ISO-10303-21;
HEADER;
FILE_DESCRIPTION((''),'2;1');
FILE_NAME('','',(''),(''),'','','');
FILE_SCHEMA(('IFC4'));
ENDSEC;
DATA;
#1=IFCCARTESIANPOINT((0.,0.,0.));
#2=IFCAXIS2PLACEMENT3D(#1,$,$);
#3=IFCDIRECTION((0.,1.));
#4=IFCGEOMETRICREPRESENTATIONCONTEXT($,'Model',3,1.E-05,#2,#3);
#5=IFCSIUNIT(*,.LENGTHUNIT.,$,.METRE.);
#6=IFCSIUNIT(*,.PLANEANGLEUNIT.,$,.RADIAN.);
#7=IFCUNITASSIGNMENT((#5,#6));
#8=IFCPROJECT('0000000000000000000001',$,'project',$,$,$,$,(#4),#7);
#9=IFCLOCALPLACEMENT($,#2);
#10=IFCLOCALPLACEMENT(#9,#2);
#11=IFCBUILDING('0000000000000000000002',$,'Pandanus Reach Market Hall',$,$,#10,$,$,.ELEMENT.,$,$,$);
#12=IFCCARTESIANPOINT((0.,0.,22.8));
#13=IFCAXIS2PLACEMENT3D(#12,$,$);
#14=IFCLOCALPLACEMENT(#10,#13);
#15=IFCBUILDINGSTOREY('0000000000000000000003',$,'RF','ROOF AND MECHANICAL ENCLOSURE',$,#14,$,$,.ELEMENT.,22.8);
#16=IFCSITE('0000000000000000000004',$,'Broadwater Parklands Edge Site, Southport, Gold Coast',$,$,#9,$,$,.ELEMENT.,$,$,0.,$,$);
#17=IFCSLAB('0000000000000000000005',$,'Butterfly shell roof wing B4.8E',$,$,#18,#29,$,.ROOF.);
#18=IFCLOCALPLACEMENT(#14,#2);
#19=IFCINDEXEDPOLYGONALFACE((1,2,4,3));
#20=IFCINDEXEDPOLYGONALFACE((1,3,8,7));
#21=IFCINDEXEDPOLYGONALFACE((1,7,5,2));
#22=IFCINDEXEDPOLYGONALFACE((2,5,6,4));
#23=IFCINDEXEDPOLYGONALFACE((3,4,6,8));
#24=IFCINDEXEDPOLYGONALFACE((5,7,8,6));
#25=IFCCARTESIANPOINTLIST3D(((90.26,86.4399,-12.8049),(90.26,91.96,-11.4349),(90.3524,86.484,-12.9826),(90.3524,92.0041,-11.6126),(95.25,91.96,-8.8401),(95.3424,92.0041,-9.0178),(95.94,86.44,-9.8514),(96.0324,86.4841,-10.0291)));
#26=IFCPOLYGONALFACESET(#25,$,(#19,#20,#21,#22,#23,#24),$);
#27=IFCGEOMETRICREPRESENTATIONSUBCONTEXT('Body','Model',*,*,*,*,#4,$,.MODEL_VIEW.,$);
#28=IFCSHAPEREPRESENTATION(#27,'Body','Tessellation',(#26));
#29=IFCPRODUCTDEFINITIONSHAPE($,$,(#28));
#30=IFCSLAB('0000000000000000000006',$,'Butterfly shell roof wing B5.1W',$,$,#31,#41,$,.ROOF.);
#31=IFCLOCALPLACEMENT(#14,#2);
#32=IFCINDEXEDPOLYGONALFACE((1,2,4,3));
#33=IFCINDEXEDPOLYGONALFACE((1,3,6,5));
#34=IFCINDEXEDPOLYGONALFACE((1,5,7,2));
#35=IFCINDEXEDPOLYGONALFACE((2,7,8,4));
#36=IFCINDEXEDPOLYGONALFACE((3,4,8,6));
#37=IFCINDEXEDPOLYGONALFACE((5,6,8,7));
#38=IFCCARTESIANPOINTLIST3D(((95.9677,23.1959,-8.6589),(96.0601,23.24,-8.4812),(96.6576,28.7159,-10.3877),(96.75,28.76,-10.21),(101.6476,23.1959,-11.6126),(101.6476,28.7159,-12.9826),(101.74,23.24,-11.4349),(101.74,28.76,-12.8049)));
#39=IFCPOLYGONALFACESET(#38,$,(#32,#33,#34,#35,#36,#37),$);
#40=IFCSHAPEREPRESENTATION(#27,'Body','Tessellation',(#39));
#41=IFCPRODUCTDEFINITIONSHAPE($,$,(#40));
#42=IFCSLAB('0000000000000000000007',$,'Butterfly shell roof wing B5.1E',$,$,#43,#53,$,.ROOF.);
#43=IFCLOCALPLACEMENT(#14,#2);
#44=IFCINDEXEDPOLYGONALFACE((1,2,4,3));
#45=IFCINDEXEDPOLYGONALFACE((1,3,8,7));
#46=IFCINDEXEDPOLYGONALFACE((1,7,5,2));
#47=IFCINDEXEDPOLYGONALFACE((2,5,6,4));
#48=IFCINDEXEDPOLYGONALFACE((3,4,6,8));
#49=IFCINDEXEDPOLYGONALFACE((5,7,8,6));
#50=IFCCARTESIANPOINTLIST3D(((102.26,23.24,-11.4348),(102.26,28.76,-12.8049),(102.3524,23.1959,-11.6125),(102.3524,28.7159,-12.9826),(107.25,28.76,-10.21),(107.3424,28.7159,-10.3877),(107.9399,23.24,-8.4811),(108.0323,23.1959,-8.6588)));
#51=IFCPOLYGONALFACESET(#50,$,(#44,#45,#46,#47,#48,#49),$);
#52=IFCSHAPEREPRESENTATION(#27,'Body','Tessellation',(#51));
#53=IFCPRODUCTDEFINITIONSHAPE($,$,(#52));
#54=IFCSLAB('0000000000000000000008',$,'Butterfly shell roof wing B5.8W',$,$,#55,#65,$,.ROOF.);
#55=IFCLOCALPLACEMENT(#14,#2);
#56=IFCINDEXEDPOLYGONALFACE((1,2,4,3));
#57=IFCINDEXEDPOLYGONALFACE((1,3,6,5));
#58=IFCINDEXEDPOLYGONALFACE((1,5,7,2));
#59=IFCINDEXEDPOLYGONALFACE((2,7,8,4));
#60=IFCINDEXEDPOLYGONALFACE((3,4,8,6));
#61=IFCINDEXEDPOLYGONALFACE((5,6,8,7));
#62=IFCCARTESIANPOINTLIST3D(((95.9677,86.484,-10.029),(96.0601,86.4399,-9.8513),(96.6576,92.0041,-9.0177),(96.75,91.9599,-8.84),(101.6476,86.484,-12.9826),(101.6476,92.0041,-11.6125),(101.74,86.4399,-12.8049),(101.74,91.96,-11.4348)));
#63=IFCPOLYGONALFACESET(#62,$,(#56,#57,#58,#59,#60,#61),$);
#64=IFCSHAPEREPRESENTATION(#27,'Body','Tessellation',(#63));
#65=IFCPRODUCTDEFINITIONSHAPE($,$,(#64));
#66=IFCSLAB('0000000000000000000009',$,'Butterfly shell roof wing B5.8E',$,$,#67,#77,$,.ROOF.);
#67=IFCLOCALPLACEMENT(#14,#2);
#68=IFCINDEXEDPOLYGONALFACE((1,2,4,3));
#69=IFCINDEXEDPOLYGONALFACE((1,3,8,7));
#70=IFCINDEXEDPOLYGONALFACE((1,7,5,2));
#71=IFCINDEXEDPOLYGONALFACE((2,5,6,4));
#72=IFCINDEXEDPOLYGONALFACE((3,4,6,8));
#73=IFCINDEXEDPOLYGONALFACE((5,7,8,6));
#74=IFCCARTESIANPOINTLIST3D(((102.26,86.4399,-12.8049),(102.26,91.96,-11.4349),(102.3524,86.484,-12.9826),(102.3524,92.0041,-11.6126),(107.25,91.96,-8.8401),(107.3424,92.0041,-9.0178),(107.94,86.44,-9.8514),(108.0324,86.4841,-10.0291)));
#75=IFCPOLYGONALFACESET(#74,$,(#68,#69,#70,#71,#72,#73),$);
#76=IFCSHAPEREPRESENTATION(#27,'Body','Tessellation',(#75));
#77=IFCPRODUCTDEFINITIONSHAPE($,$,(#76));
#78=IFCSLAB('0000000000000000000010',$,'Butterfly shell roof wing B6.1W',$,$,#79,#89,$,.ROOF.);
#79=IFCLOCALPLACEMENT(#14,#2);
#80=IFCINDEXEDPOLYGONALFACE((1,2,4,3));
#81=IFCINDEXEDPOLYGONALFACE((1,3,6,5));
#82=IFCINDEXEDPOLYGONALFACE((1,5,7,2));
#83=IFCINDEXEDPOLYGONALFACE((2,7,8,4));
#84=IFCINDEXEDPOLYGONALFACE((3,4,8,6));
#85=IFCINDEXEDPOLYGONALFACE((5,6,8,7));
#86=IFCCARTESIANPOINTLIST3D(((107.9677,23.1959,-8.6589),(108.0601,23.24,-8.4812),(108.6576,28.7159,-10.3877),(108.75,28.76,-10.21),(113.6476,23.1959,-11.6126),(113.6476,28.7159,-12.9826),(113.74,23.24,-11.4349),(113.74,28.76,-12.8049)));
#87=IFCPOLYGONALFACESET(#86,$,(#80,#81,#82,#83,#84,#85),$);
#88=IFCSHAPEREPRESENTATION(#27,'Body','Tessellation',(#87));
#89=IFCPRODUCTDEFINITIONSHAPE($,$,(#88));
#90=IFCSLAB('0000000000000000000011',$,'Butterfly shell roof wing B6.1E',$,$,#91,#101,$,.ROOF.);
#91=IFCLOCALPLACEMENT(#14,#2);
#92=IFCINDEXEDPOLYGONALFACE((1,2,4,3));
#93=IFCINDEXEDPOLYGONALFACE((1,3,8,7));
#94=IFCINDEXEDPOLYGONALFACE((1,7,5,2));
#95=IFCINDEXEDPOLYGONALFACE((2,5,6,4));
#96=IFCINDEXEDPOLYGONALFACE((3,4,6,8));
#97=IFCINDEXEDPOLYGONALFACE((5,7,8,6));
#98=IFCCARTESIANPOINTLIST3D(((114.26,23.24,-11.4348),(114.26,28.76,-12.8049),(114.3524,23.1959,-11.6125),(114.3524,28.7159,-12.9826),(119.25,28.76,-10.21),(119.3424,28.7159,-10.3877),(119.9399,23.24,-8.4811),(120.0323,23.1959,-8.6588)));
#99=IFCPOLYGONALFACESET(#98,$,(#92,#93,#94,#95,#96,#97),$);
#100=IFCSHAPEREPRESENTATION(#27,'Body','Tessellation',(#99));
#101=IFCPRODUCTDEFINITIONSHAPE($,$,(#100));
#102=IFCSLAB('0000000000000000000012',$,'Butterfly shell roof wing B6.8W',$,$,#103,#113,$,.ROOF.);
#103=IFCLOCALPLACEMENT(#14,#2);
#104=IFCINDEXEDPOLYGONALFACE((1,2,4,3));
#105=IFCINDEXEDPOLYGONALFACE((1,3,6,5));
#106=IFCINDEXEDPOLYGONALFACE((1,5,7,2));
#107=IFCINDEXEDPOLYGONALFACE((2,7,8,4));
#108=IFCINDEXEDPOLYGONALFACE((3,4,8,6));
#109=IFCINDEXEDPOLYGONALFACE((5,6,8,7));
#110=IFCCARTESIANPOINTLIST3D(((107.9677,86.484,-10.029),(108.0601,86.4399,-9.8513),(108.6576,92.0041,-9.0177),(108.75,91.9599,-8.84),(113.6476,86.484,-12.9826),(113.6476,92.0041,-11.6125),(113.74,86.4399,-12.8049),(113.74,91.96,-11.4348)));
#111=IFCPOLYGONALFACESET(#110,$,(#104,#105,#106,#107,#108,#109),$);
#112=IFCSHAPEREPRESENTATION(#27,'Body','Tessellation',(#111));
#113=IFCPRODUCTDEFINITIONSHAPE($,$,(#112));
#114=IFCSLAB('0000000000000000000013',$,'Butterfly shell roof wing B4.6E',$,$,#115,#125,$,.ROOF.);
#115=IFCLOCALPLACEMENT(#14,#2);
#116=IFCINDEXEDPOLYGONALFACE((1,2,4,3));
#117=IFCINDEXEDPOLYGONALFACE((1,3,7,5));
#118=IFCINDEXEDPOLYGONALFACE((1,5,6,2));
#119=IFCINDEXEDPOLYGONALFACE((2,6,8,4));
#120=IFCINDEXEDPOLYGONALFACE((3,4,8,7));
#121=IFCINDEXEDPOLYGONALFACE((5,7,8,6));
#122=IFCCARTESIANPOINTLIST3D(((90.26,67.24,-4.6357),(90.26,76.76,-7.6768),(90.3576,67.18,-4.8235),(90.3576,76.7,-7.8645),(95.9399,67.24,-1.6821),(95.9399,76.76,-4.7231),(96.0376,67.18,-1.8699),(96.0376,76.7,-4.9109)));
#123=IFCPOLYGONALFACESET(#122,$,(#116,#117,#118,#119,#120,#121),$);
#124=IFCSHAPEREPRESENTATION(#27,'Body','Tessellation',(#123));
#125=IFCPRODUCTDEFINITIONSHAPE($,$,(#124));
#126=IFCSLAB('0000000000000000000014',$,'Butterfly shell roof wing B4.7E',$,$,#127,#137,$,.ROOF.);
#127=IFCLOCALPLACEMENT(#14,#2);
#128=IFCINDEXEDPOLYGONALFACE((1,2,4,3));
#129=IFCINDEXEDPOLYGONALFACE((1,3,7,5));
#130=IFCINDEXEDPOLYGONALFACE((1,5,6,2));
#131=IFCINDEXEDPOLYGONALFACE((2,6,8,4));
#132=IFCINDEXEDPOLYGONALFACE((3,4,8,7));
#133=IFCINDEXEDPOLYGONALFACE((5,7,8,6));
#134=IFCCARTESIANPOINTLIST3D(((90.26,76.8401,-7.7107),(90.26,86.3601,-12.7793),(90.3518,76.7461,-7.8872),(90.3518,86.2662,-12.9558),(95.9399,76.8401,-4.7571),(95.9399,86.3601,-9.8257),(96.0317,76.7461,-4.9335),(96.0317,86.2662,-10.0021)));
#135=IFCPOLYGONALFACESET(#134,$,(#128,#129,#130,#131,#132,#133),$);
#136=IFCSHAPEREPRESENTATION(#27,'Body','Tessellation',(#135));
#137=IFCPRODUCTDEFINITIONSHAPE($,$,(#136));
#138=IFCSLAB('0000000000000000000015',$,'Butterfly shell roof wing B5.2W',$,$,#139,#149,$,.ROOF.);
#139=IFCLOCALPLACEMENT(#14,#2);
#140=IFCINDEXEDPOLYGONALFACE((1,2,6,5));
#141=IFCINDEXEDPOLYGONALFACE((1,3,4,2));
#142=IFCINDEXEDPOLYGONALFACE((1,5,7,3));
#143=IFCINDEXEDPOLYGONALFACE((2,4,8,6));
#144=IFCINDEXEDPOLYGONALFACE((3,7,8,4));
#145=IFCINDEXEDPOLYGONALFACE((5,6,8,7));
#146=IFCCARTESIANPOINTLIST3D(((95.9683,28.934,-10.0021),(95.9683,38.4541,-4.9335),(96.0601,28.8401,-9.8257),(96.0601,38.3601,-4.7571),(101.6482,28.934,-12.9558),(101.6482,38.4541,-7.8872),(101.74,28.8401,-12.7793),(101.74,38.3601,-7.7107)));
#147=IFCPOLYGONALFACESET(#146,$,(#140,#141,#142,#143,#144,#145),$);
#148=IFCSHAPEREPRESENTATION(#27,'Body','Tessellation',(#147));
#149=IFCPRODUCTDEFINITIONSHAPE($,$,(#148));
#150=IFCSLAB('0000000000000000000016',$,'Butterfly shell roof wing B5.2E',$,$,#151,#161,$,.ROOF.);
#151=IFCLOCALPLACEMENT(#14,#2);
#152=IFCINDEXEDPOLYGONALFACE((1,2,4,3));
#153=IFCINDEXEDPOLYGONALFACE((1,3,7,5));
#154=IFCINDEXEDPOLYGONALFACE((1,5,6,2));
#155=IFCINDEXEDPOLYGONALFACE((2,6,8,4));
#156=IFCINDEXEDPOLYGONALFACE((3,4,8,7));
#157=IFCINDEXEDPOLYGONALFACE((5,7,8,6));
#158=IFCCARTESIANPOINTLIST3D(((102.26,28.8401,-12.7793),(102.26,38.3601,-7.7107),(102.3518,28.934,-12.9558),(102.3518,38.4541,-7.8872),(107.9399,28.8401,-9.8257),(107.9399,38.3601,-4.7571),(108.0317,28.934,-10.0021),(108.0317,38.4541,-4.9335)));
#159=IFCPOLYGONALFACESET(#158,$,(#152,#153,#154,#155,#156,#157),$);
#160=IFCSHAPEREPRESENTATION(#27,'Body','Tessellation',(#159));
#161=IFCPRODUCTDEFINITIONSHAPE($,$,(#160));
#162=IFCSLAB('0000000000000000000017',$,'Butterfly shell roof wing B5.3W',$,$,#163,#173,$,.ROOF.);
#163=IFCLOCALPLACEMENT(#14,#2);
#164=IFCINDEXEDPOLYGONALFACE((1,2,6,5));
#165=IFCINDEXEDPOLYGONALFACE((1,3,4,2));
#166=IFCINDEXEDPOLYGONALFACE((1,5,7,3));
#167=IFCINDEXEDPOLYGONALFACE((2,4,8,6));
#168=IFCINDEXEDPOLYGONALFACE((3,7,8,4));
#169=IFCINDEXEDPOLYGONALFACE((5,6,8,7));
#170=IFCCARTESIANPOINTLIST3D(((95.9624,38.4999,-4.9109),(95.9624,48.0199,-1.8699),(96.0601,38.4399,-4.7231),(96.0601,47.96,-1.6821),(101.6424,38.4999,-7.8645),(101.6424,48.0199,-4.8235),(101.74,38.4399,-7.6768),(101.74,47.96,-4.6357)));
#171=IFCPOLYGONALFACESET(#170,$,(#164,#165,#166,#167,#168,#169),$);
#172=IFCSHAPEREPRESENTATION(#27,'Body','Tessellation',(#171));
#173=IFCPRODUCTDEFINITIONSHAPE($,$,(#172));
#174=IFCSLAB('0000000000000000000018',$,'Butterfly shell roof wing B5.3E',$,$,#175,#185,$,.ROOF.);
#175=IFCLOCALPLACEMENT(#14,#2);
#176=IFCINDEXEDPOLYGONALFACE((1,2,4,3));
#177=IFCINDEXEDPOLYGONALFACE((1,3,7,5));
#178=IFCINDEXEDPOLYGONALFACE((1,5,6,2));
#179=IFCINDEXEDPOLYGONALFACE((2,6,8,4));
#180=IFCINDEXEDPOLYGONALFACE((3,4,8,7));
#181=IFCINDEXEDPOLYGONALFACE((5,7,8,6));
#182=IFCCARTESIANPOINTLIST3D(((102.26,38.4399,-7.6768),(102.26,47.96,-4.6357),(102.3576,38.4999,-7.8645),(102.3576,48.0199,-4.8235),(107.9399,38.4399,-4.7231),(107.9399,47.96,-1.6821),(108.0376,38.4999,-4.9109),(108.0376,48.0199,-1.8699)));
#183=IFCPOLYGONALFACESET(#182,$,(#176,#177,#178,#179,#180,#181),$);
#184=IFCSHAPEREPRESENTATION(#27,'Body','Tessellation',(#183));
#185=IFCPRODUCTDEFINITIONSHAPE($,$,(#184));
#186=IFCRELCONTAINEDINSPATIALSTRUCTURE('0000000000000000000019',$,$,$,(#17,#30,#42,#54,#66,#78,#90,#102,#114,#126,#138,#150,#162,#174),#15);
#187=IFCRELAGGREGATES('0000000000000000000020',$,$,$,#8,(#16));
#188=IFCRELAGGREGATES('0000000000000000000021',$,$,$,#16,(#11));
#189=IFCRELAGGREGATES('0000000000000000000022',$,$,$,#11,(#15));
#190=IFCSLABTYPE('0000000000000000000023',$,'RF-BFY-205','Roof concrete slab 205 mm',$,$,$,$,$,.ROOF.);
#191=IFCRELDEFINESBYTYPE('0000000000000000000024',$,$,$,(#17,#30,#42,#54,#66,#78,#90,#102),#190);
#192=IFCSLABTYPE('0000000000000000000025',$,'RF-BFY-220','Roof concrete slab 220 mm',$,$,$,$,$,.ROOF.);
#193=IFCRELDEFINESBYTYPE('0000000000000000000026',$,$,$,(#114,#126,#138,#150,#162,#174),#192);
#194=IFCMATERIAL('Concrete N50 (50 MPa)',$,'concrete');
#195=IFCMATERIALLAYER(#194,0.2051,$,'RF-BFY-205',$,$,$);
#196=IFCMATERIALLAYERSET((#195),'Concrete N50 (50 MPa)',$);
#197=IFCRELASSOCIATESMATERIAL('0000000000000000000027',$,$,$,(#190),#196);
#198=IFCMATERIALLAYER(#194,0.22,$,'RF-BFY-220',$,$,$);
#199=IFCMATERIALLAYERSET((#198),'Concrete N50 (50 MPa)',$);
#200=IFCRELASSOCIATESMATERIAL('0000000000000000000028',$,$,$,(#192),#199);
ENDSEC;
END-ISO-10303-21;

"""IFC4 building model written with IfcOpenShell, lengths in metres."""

from ifc_helpers import new_model, si_unit, direction, frame, origin, place, context, subcontext, project, spatial, polyline, outline, extrude, material, layer, layer_set, type_object, element, save


model = new_model("IFC4")

# Units and contexts
model_context = context("Model", 3, precision=1e-05, world=origin(), true_north=direction((0.0, 1.0)))
body_context = subcontext(model_context, "Body", "Model", "MODEL_VIEW")
ifc_project = project(units=[si_unit("LENGTHUNIT", "METRE"), si_unit("PLANEANGLEUNIT", "RADIAN")], contexts=[model_context])

# Site, building, storey
site_placement = place(None, origin())
site = spatial("IfcSite", under=ifc_project, at=site_placement, Name="Broadwater Parklands Edge Site, Southport, Gold Coast", CompositionType="ELEMENT", RefElevation=0.0)
building_placement = place(site_placement, origin())
building = spatial("IfcBuilding", under=site, at=building_placement, Name="Pandanus Reach Market Hall", CompositionType="ELEMENT")
storey_placement = place(building_placement, frame((0.0, 0.0, 22.8)))
storey = spatial("IfcBuildingStorey", under=building, at=storey_placement, Name="RF", Description="ROOF AND MECHANICAL ENCLOSURE", CompositionType="ELEMENT", Elevation=22.8)

# Slabs
ifc_material = material(Name="Concrete N50 (50 MPa)", Category="concrete")
ifc_layer_1 = layer(ifc_material, 0.2051, Name="RF-BFY-205")
ifc_layer_set_1 = layer_set([ifc_layer_1], Name="Concrete N50 (50 MPa)")
slab_type_1 = type_object("IfcSlabType", Name="RF-BFY-205", Description="Roof concrete slab 205 mm", PredefinedType="ROOF", material=ifc_layer_set_1)
slab_1_placement = place(storey_placement, frame((90.26, 86.4399, -12.8049), z_axis=(-0.450557, -0.215053, 0.866459), x_axis=(0.887217, 0.000002, 0.461352)))
element("IfcSlab", 1, at=slab_1_placement, inside=storey, type_object=slab_type_1, Name="Butterfly shell roof wing B4.8E", PredefinedType="ROOF", context=body_context, shape_type="SweptSolid", body=[
    extrude(outline(polyline([(0.0, 0.0), (6.402, 0.0), (6.2564, 5.6523), (0.6321, 5.6523), (0.0, 0.0)])), origin(), (0.0, 0.0, -1.0), 0.2051),
])
slab_2_placement = place(storey_placement, frame((96.0601, 23.24, -8.4812), z_axis=(0.450573, 0.21505, 0.866451), x_axis=(0.887209, -0.000002, -0.461367)))
element("IfcSlab", 2, at=slab_2_placement, inside=storey, type_object=slab_type_1, Name="Butterfly shell roof wing B5.1W", PredefinedType="ROOF", context=body_context, shape_type="SweptSolid", body=[
    extrude(outline(polyline([(0.0, 0.0), (6.402, 0.0), (7.0341, 5.6523), (1.4097, 5.6523), (0.0, 0.0)])), origin(), (0.0, 0.0, -1.0), 0.2051),
])
slab_3_placement = place(storey_placement, frame((102.26, 23.24, -11.4348), z_axis=(-0.450573, 0.21505, 0.866451), x_axis=(0.887209, 0.000002, 0.461367)))
element("IfcSlab", 3, at=slab_3_placement, inside=storey, type_object=slab_type_1, Name="Butterfly shell roof wing B5.1E", PredefinedType="ROOF", context=body_context, shape_type="SweptSolid", body=[
    extrude(outline(polyline([(0.0, 0.0), (6.402, 0.0), (4.9923, 5.6523), (-0.6321, 5.6523), (0.0, 0.0)])), origin(), (0.0, 0.0, -1.0), 0.2051),
])
slab_4_placement = place(storey_placement, frame((96.0601, 86.4399, -9.8513), z_axis=(0.450557, -0.215053, 0.866459), x_axis=(0.887217, -0.000002, -0.461352)))
element("IfcSlab", 4, at=slab_4_placement, inside=storey, type_object=slab_type_1, Name="Butterfly shell roof wing B5.8W", PredefinedType="ROOF", context=body_context, shape_type="SweptSolid", body=[
    extrude(outline(polyline([(0.0, 0.0), (6.402, 0.0), (5.7699, 5.6523), (0.1456, 5.6523), (0.0, 0.0)])), origin(), (0.0, 0.0, -1.0), 0.2051),
])
slab_5_placement = place(storey_placement, frame((102.26, 86.4399, -12.8049), z_axis=(-0.450557, -0.215053, 0.866459), x_axis=(0.887217, 0.000002, 0.461352)))
element("IfcSlab", 5, at=slab_5_placement, inside=storey, type_object=slab_type_1, Name="Butterfly shell roof wing B5.8E", PredefinedType="ROOF", context=body_context, shape_type="SweptSolid", body=[
    extrude(outline(polyline([(0.0, 0.0), (6.402, 0.0), (6.2564, 5.6523), (0.6321, 5.6523), (0.0, 0.0)])), origin(), (0.0, 0.0, -1.0), 0.2051),
])
slab_6_placement = place(storey_placement, frame((108.0601, 23.24, -8.4812), z_axis=(0.450573, 0.21505, 0.866451), x_axis=(0.887209, -0.000002, -0.461367)))
element("IfcSlab", 6, at=slab_6_placement, inside=storey, type_object=slab_type_1, Name="Butterfly shell roof wing B6.1W", PredefinedType="ROOF", context=body_context, shape_type="SweptSolid", body=[
    extrude(outline(polyline([(0.0, 0.0), (6.402, 0.0), (7.0341, 5.6523), (1.4097, 5.6523), (0.0, 0.0)])), origin(), (0.0, 0.0, -1.0), 0.2051),
])
slab_7_placement = place(storey_placement, frame((114.26, 23.24, -11.4348), z_axis=(-0.450573, 0.21505, 0.866451), x_axis=(0.887209, 0.000002, 0.461367)))
element("IfcSlab", 7, at=slab_7_placement, inside=storey, type_object=slab_type_1, Name="Butterfly shell roof wing B6.1E", PredefinedType="ROOF", context=body_context, shape_type="SweptSolid", body=[
    extrude(outline(polyline([(0.0, 0.0), (6.402, 0.0), (4.9923, 5.6523), (-0.6321, 5.6523), (0.0, 0.0)])), origin(), (0.0, 0.0, -1.0), 0.2051),
])
slab_8_placement = place(storey_placement, frame((108.0601, 86.4399, -9.8513), z_axis=(0.450557, -0.215053, 0.866459), x_axis=(0.887217, -0.000002, -0.461352)))
element("IfcSlab", 8, at=slab_8_placement, inside=storey, type_object=slab_type_1, Name="Butterfly shell roof wing B6.8W", PredefinedType="ROOF", context=body_context, shape_type="SweptSolid", body=[
    extrude(outline(polyline([(0.0, 0.0), (6.402, 0.0), (5.7699, 5.6523), (0.1456, 5.6523), (0.0, 0.0)])), origin(), (0.0, 0.0, -1.0), 0.2051),
])
ifc_layer_2 = layer(ifc_material, 0.22, Name="RF-BFY-220")
ifc_layer_set_2 = layer_set([ifc_layer_2], Name="Concrete N50 (50 MPa)")
slab_type_2 = type_object("IfcSlabType", Name="RF-BFY-220", Description="Roof concrete slab 220 mm", PredefinedType="ROOF", material=ifc_layer_set_2)
slab_9_placement = place(storey_placement, frame((90.26, 67.24, -4.6357), z_axis=(-0.443877, 0.272667, 0.853596), x_axis=(0.887214, 0.0, 0.461359)))
element("IfcSlab", 9, at=slab_9_placement, inside=storey, type_object=slab_type_2, Name="Butterfly shell roof wing B4.6E", PredefinedType="ROOF", context=body_context, shape_type="SweptSolid", body=[
    extrude(outline(polyline([(0.0, 0.0), (6.402, 0.0), (4.999, 9.895), (-1.403, 9.895), (0.0, 0.0)])), origin(), (0.0, 0.0, -1.0), 0.22),
])
for number, where, z_axis, x_axis, name in (
    (10, (90.26, 76.8401, -7.7107), (-0.41716, 0.427113, 0.802217), (0.887214, 0.0, 0.461359), "Butterfly shell roof wing B4.7E"),
    (11, (96.0601, 28.8401, -9.8257), (0.41716, -0.427113, 0.802217), (0.887214, 0.0, -0.461359), "Butterfly shell roof wing B5.2W"),
):
    element("IfcSlab", number, at=place(storey_placement, frame(where, z_axis=z_axis, x_axis=x_axis)), inside=storey, type_object=slab_type_2, Name=name, PredefinedType="ROOF", context=body_context, shape_type="SweptSolid", body=[
        extrude(outline(polyline([(0.0, 0.0), (6.402, 0.0), (4.0635, 10.5287), (-2.3384, 10.5287), (0.0, 0.0)])), origin(), (0.0, 0.0, -1.0), 0.22),
    ])
slab_10_placement = place(storey_placement, frame((102.26, 28.8401, -12.7793), z_axis=(-0.41716, -0.427113, 0.802217), x_axis=(0.887214, 0.0, 0.461359)))
element("IfcSlab", 12, at=slab_10_placement, inside=storey, type_object=slab_type_2, Name="Butterfly shell roof wing B5.2E", PredefinedType="ROOF", context=body_context, shape_type="SweptSolid", body=[
    extrude(outline(polyline([(0.0, 0.0), (6.402, 0.0), (8.7404, 10.5287), (2.3384, 10.5287), (0.0, 0.0)])), origin(), (0.0, 0.0, -1.0), 0.22),
])
slab_11_placement = place(storey_placement, frame((96.0601, 38.4399, -4.7231), z_axis=(0.443877, -0.272667, 0.853596), x_axis=(0.887214, 0.0, -0.461359)))
element("IfcSlab", 13, at=slab_11_placement, inside=storey, type_object=slab_type_2, Name="Butterfly shell roof wing B5.3W", PredefinedType="ROOF", context=body_context, shape_type="SweptSolid", body=[
    extrude(outline(polyline([(0.0, 0.0), (6.402, 0.0), (4.999, 9.895), (-1.403, 9.895), (0.0, 0.0)])), origin(), (0.0, 0.0, -1.0), 0.22),
])
slab_12_placement = place(storey_placement, frame((102.26, 38.4399, -7.6768), z_axis=(-0.443877, -0.272667, 0.853596), x_axis=(0.887214, 0.0, 0.461359)))
element("IfcSlab", 14, at=slab_12_placement, inside=storey, type_object=slab_type_2, Name="Butterfly shell roof wing B5.3E", PredefinedType="ROOF", context=body_context, shape_type="SweptSolid", body=[
    extrude(outline(polyline([(0.0, 0.0), (6.402, 0.0), (7.805, 9.895), (1.403, 9.895), (0.0, 0.0)])), origin(), (0.0, 0.0, -1.0), 0.22),
])

save(model, "model.ifc")
